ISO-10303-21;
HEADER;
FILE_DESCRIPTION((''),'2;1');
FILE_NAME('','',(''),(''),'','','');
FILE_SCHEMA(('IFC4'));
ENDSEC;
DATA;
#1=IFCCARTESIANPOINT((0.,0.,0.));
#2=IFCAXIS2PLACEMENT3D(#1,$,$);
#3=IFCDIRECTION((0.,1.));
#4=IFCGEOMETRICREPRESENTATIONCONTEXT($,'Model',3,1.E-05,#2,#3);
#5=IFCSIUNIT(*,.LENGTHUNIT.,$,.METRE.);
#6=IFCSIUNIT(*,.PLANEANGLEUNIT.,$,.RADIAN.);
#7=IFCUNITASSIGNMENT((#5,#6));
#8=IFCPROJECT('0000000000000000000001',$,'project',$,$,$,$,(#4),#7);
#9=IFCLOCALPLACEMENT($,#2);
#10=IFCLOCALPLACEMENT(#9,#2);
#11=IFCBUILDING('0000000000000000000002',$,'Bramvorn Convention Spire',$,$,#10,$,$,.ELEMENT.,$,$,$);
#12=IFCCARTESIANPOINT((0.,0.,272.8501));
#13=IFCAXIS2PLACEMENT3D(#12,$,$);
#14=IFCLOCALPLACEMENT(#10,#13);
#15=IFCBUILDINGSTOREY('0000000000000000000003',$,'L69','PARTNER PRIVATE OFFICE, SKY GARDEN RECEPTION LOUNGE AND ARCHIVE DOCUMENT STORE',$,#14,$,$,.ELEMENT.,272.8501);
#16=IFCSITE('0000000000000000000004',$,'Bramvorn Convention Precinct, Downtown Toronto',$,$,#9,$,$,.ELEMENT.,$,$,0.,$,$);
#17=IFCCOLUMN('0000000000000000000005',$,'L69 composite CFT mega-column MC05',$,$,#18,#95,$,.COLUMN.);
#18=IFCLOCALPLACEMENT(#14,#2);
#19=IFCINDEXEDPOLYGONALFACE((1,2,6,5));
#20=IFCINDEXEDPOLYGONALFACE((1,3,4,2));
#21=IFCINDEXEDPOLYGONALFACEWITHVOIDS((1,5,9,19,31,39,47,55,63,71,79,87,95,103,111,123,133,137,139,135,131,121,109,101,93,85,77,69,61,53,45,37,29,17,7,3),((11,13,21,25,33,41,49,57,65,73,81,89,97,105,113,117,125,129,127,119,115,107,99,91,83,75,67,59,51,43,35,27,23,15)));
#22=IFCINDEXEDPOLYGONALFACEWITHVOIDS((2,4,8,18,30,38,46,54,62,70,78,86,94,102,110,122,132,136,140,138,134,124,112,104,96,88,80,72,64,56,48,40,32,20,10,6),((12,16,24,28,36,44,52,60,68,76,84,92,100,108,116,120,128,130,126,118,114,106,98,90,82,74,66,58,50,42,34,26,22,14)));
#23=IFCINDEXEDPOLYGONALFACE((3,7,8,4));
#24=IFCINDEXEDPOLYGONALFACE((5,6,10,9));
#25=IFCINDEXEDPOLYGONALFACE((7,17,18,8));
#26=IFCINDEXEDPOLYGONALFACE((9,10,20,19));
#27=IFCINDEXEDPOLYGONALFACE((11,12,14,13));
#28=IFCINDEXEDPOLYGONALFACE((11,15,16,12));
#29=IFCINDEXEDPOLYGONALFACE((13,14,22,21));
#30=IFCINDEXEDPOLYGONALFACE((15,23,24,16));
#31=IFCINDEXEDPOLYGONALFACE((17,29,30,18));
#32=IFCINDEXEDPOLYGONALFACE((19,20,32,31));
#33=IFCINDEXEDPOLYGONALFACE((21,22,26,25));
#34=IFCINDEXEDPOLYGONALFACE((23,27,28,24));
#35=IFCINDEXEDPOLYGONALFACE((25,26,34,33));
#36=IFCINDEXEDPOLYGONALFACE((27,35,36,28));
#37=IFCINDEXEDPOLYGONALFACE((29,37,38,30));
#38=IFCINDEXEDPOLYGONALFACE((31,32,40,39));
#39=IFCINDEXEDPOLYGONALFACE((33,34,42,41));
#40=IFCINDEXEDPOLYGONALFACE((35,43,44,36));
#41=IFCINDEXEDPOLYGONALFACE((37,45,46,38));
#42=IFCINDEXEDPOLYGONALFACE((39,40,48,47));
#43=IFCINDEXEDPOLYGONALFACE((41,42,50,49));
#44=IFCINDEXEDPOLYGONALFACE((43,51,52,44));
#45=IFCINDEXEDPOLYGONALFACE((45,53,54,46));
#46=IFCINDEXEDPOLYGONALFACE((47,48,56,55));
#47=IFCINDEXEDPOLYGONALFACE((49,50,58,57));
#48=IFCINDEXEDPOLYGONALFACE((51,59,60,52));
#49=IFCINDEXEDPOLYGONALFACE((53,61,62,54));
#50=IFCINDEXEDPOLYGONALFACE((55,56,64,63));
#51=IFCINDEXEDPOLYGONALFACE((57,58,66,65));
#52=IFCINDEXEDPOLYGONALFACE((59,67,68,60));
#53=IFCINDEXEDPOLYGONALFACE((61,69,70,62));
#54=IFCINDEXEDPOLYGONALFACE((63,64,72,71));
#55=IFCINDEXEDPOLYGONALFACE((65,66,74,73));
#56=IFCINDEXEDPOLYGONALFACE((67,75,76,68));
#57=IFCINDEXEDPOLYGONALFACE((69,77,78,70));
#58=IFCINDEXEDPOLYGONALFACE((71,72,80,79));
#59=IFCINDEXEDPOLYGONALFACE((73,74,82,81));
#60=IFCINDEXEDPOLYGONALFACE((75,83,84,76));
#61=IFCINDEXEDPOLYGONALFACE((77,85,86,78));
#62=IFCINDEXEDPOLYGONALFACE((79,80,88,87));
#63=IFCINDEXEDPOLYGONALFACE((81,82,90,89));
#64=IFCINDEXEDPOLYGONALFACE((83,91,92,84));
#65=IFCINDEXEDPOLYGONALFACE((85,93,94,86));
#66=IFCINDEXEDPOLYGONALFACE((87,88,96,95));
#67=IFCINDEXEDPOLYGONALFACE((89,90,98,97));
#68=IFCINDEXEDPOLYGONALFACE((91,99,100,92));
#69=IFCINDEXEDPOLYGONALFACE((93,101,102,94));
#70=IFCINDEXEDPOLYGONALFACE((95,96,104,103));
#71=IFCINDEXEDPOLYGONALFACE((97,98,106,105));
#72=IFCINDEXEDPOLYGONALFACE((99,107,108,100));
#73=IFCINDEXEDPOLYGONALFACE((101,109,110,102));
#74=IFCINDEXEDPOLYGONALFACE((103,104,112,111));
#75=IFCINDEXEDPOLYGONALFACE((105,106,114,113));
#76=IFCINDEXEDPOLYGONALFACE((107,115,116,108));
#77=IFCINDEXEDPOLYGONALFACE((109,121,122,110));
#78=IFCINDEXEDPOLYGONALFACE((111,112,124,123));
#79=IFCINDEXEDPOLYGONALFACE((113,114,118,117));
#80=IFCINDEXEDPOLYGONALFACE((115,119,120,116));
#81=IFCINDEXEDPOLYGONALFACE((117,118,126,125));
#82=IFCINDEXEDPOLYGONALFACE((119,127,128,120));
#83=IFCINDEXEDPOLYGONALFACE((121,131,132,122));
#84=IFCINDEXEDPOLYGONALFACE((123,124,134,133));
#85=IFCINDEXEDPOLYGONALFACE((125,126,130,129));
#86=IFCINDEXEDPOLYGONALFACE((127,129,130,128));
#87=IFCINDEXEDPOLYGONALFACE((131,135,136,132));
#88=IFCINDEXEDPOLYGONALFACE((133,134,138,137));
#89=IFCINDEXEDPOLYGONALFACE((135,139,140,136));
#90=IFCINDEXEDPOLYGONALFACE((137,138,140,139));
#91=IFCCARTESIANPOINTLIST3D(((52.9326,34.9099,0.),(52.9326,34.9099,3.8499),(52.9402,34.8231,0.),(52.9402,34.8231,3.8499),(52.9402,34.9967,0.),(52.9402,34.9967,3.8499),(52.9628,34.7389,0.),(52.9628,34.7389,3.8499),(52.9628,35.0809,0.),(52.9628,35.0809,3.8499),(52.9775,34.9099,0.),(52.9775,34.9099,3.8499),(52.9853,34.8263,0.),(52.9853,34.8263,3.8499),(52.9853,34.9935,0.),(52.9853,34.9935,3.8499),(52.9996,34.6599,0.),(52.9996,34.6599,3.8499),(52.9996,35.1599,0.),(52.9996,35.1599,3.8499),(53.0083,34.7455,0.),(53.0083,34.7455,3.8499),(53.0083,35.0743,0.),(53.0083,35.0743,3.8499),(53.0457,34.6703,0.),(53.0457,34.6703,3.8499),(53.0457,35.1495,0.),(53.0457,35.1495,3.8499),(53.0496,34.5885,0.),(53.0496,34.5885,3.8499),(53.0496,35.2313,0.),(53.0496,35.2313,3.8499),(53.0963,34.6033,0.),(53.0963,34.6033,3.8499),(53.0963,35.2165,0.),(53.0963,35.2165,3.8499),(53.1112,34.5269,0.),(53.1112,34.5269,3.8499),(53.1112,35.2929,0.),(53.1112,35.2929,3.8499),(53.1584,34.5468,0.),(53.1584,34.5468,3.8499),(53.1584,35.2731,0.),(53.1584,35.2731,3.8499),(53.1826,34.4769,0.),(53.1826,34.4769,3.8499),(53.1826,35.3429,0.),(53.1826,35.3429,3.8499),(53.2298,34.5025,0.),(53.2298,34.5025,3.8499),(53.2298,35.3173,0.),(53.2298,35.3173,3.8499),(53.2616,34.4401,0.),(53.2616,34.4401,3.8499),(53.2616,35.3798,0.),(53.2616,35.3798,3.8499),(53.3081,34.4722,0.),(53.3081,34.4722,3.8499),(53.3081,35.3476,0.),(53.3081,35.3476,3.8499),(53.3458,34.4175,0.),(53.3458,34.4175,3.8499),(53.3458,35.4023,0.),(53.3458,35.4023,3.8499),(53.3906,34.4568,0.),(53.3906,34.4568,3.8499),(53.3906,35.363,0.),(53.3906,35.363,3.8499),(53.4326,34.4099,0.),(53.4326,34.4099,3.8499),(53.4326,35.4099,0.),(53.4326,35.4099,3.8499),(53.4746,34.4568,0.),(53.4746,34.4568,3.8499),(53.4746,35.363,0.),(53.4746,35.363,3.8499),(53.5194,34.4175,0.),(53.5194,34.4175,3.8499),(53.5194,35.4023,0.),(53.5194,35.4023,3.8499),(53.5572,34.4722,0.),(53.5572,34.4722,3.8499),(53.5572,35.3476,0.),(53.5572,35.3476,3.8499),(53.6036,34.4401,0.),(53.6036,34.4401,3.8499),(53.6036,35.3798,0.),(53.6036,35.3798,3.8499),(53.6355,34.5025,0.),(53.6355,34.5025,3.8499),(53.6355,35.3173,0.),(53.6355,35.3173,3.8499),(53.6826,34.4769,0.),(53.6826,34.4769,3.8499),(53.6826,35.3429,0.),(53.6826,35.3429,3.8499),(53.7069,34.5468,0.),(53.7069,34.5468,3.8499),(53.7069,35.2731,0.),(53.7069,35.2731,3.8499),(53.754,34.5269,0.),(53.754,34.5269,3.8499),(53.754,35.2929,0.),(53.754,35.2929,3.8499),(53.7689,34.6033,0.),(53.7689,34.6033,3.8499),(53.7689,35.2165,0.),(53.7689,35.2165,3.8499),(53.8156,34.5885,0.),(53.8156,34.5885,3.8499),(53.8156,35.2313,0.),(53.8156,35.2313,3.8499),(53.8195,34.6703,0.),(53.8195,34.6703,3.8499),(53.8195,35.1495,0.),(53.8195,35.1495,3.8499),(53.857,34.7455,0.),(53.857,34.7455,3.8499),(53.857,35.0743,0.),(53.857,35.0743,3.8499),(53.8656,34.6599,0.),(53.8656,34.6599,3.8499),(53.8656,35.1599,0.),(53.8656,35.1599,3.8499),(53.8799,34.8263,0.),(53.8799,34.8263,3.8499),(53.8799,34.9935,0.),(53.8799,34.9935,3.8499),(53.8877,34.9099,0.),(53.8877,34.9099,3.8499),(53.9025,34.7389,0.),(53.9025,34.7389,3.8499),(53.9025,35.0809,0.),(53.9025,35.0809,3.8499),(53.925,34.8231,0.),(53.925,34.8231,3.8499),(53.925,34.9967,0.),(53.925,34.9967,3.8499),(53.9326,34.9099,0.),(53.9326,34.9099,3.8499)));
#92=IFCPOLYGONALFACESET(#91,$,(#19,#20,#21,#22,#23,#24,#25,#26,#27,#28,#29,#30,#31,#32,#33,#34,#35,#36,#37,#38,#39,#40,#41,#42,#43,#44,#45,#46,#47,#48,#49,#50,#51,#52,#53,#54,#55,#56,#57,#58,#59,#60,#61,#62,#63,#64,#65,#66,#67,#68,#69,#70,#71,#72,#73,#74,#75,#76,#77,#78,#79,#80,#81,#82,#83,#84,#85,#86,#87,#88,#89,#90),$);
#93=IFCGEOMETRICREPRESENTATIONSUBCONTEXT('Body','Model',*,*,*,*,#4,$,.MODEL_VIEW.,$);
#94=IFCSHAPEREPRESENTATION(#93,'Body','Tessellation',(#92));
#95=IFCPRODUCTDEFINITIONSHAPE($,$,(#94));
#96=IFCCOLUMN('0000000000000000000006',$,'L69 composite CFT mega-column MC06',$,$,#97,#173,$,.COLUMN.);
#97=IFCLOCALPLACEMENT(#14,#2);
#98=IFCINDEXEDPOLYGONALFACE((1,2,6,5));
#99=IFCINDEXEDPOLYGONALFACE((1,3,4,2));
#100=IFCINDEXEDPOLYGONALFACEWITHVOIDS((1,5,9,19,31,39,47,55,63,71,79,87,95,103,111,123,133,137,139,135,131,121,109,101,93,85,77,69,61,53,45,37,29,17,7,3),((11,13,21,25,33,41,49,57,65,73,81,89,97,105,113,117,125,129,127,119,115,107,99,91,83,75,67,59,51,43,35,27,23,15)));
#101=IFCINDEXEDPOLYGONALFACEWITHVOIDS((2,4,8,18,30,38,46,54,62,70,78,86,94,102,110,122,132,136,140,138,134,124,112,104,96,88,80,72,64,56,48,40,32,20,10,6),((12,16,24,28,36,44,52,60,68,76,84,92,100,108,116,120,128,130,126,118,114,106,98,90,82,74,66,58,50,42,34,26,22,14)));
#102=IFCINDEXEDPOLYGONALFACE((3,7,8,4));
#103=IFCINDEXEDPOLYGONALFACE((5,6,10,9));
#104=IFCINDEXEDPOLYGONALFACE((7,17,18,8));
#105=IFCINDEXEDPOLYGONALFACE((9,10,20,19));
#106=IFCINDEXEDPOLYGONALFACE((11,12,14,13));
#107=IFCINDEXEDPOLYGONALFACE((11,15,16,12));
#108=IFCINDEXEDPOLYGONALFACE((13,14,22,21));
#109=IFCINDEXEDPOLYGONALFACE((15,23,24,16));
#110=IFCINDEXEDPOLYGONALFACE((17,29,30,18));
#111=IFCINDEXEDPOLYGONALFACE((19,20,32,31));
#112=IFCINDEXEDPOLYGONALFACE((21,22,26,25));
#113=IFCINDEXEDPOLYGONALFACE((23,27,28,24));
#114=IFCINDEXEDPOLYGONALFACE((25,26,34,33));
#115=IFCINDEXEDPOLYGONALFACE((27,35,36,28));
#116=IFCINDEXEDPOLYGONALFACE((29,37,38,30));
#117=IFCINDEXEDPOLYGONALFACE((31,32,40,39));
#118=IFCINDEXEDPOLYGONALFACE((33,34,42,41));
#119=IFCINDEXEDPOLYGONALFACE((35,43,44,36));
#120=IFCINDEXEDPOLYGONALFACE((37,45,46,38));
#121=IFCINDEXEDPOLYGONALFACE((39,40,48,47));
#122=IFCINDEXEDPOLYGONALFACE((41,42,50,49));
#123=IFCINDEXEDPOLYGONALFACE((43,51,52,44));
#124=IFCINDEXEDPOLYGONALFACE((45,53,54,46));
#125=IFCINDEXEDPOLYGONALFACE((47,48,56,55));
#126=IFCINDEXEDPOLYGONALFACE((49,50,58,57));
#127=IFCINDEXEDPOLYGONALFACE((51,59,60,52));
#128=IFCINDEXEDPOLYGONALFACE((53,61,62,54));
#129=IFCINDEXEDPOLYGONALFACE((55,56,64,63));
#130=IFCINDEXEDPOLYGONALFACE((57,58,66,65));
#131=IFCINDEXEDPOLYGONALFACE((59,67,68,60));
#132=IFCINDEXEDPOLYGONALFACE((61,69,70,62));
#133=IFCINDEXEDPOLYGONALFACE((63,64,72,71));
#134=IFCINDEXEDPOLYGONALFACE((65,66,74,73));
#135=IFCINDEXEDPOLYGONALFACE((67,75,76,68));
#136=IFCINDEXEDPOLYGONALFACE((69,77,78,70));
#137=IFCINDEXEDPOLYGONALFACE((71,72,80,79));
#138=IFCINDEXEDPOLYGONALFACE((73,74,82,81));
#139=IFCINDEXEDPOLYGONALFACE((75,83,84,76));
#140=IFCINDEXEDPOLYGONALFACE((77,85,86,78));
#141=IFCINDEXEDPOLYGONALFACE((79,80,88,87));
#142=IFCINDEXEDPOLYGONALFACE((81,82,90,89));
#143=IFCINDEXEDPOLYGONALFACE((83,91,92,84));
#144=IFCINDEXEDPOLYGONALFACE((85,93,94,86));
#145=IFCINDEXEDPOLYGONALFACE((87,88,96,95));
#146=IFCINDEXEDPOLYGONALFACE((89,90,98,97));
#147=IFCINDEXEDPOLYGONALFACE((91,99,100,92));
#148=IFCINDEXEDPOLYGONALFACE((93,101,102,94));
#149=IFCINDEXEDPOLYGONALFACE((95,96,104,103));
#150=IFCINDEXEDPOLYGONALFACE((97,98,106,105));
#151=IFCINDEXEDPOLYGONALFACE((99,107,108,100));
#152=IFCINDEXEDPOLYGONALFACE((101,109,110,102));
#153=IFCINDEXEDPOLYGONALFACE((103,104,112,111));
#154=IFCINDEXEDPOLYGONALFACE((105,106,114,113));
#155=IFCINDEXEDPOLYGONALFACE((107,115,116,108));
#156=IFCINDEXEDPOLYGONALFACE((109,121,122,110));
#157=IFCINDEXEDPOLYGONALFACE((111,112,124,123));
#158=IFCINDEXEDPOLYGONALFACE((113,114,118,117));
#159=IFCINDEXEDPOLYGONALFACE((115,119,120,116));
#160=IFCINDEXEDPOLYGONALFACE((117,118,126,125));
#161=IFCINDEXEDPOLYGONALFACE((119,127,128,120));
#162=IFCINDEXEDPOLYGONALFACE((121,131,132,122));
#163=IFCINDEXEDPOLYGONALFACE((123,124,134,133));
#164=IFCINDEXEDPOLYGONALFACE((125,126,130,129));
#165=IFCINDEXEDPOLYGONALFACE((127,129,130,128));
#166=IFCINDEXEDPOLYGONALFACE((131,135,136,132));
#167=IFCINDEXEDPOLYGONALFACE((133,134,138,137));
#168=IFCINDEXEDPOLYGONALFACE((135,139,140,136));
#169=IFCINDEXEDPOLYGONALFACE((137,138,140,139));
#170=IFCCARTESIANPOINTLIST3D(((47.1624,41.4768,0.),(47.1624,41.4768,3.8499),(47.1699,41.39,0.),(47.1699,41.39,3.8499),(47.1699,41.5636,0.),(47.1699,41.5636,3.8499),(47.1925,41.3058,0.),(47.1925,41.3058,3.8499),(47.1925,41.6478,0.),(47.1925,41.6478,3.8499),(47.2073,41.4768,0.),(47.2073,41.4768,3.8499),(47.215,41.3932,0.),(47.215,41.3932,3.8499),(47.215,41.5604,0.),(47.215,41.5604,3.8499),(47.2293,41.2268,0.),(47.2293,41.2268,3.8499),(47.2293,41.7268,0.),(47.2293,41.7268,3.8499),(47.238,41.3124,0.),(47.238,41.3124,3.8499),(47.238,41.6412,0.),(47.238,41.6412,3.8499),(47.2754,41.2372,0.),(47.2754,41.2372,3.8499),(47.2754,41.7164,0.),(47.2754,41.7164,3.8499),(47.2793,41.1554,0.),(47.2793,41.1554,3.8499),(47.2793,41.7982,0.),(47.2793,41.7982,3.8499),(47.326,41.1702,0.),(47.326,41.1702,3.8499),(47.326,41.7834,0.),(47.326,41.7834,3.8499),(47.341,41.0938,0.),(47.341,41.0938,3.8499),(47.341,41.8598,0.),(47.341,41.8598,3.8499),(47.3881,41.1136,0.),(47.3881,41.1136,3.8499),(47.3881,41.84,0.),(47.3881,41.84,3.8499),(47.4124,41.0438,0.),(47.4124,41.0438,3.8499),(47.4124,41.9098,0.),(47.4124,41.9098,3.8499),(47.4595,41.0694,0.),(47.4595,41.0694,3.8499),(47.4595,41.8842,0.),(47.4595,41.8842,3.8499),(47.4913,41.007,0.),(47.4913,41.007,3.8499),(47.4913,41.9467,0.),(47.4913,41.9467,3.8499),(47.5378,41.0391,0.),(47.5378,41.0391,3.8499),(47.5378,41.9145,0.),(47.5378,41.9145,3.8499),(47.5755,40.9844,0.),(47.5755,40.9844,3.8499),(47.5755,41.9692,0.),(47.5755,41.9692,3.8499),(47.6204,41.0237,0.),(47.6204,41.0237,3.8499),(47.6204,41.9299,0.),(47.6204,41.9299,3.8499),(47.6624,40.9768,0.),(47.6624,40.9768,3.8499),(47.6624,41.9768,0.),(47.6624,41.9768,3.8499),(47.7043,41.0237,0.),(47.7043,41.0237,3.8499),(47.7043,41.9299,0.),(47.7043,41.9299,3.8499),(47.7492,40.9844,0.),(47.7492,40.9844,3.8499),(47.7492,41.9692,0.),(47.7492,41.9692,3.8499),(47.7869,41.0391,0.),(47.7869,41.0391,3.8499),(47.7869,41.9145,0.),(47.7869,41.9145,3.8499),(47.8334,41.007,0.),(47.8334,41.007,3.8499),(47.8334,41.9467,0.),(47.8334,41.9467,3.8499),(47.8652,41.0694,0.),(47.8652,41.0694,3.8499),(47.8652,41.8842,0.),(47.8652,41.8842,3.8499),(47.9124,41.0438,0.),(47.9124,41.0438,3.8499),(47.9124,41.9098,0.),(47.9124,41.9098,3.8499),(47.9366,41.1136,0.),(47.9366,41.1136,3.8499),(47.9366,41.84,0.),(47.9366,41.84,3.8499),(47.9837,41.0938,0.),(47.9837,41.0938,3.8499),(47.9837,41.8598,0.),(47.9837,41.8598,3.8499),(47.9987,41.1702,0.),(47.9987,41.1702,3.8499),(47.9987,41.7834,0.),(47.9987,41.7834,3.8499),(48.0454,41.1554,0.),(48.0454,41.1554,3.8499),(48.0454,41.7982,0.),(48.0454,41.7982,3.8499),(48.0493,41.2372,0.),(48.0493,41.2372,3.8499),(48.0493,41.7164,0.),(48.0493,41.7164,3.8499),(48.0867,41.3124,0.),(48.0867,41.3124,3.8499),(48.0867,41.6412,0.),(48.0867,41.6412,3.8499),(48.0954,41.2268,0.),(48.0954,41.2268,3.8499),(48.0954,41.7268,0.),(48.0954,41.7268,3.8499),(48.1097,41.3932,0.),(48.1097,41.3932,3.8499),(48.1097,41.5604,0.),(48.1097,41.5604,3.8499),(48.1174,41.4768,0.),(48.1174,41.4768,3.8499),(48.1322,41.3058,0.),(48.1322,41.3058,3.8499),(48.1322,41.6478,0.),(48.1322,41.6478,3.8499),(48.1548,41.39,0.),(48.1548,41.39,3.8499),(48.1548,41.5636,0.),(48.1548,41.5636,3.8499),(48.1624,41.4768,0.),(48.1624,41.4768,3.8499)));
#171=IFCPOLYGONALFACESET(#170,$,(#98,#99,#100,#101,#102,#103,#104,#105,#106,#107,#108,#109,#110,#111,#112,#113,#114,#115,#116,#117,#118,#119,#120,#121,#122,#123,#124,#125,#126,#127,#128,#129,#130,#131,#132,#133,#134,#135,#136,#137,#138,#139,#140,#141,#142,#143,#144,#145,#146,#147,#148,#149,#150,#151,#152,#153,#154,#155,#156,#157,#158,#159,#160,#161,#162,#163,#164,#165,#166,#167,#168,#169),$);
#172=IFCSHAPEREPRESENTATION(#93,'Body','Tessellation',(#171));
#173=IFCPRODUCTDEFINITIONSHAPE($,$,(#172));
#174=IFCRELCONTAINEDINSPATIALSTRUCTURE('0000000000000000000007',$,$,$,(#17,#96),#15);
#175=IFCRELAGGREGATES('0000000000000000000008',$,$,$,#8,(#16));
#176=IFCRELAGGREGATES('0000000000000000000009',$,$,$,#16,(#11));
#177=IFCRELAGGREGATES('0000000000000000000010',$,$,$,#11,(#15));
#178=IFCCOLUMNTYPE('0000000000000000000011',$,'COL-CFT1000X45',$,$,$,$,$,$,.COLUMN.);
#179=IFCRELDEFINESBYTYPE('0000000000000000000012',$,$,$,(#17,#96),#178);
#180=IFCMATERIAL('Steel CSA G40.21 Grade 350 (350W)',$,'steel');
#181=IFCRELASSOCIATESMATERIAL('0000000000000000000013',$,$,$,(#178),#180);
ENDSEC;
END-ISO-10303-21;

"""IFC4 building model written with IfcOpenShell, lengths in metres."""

from ifc_helpers import new_model, si_unit, direction, frame, origin, origin_2d, place, context, subcontext, project, spatial, hollow_circle, extrude, material, material_profile, profile_set, type_object, element, save


model = new_model("IFC4")

# Units and contexts
model_context = context("Model", 3, precision=1e-05, world=origin(), true_north=direction((0.0, 1.0)))
body_context = subcontext(model_context, "Body", "Model", "MODEL_VIEW")
ifc_project = project(units=[si_unit("LENGTHUNIT", "METRE"), si_unit("PLANEANGLEUNIT", "RADIAN")], contexts=[model_context])

# Site, building, storey
site_placement = place(None, origin())
site = spatial("IfcSite", under=ifc_project, at=site_placement, Name="Bramvorn Convention Precinct, Downtown Toronto", CompositionType="ELEMENT", RefElevation=0.0)
building_placement = place(site_placement, origin())
building = spatial("IfcBuilding", under=site, at=building_placement, Name="Bramvorn Convention Spire", CompositionType="ELEMENT")
storey_placement = place(building_placement, frame((0.0, 0.0, 272.8501)))
storey = spatial("IfcBuildingStorey", under=building, at=storey_placement, Name="L69", Description="PARTNER PRIVATE OFFICE, SKY GARDEN RECEPTION LOUNGE AND ARCHIVE DOCUMENT STORE", CompositionType="ELEMENT", Elevation=272.8501)

# Columns
ifc_material_1 = material(Name="Steel CSA G40.21 Grade 350 (350W)", Category="steel")
ifc_material_profile_1 = material_profile(ifc_material_1, hollow_circle(Radius=0.5, WallThickness=0.0449, at=origin_2d()))
ifc_profile_set_1 = profile_set([ifc_material_profile_1], Name="Steel CSA G40.21 Grade 350 (350W) - CFT1000X45")
column_type = type_object("IfcColumnType", Name="COL-CFT1000X45", PredefinedType="COLUMN", material=ifc_profile_set_1)
for number, where, z_axis, x_axis, name in (
    (1, (53.4326, 34.9099, 0.0), (0.0, 0.0, 1.0), (1.0, 0.0, 0.0), "L69 composite CFT mega-column MC05"),
    (2, (47.6624, 41.4768, 0.0), (0.0, 0.0, 1.0), (1.0, 0.0, 0.0), "L69 composite CFT mega-column MC06"),
):
    element("IfcColumn", number, at=place(storey_placement, frame(where, z_axis=z_axis, x_axis=x_axis)), inside=storey, type_object=column_type, Name=name, PredefinedType="COLUMN", context=body_context, shape_type="SweptSolid", body=[
        extrude(hollow_circle(Radius=0.5, WallThickness=0.0449, at=origin_2d()), origin(), (0.0, 0.0, 1.0), 3.8499),
    ])

save(model, "model.ifc")
